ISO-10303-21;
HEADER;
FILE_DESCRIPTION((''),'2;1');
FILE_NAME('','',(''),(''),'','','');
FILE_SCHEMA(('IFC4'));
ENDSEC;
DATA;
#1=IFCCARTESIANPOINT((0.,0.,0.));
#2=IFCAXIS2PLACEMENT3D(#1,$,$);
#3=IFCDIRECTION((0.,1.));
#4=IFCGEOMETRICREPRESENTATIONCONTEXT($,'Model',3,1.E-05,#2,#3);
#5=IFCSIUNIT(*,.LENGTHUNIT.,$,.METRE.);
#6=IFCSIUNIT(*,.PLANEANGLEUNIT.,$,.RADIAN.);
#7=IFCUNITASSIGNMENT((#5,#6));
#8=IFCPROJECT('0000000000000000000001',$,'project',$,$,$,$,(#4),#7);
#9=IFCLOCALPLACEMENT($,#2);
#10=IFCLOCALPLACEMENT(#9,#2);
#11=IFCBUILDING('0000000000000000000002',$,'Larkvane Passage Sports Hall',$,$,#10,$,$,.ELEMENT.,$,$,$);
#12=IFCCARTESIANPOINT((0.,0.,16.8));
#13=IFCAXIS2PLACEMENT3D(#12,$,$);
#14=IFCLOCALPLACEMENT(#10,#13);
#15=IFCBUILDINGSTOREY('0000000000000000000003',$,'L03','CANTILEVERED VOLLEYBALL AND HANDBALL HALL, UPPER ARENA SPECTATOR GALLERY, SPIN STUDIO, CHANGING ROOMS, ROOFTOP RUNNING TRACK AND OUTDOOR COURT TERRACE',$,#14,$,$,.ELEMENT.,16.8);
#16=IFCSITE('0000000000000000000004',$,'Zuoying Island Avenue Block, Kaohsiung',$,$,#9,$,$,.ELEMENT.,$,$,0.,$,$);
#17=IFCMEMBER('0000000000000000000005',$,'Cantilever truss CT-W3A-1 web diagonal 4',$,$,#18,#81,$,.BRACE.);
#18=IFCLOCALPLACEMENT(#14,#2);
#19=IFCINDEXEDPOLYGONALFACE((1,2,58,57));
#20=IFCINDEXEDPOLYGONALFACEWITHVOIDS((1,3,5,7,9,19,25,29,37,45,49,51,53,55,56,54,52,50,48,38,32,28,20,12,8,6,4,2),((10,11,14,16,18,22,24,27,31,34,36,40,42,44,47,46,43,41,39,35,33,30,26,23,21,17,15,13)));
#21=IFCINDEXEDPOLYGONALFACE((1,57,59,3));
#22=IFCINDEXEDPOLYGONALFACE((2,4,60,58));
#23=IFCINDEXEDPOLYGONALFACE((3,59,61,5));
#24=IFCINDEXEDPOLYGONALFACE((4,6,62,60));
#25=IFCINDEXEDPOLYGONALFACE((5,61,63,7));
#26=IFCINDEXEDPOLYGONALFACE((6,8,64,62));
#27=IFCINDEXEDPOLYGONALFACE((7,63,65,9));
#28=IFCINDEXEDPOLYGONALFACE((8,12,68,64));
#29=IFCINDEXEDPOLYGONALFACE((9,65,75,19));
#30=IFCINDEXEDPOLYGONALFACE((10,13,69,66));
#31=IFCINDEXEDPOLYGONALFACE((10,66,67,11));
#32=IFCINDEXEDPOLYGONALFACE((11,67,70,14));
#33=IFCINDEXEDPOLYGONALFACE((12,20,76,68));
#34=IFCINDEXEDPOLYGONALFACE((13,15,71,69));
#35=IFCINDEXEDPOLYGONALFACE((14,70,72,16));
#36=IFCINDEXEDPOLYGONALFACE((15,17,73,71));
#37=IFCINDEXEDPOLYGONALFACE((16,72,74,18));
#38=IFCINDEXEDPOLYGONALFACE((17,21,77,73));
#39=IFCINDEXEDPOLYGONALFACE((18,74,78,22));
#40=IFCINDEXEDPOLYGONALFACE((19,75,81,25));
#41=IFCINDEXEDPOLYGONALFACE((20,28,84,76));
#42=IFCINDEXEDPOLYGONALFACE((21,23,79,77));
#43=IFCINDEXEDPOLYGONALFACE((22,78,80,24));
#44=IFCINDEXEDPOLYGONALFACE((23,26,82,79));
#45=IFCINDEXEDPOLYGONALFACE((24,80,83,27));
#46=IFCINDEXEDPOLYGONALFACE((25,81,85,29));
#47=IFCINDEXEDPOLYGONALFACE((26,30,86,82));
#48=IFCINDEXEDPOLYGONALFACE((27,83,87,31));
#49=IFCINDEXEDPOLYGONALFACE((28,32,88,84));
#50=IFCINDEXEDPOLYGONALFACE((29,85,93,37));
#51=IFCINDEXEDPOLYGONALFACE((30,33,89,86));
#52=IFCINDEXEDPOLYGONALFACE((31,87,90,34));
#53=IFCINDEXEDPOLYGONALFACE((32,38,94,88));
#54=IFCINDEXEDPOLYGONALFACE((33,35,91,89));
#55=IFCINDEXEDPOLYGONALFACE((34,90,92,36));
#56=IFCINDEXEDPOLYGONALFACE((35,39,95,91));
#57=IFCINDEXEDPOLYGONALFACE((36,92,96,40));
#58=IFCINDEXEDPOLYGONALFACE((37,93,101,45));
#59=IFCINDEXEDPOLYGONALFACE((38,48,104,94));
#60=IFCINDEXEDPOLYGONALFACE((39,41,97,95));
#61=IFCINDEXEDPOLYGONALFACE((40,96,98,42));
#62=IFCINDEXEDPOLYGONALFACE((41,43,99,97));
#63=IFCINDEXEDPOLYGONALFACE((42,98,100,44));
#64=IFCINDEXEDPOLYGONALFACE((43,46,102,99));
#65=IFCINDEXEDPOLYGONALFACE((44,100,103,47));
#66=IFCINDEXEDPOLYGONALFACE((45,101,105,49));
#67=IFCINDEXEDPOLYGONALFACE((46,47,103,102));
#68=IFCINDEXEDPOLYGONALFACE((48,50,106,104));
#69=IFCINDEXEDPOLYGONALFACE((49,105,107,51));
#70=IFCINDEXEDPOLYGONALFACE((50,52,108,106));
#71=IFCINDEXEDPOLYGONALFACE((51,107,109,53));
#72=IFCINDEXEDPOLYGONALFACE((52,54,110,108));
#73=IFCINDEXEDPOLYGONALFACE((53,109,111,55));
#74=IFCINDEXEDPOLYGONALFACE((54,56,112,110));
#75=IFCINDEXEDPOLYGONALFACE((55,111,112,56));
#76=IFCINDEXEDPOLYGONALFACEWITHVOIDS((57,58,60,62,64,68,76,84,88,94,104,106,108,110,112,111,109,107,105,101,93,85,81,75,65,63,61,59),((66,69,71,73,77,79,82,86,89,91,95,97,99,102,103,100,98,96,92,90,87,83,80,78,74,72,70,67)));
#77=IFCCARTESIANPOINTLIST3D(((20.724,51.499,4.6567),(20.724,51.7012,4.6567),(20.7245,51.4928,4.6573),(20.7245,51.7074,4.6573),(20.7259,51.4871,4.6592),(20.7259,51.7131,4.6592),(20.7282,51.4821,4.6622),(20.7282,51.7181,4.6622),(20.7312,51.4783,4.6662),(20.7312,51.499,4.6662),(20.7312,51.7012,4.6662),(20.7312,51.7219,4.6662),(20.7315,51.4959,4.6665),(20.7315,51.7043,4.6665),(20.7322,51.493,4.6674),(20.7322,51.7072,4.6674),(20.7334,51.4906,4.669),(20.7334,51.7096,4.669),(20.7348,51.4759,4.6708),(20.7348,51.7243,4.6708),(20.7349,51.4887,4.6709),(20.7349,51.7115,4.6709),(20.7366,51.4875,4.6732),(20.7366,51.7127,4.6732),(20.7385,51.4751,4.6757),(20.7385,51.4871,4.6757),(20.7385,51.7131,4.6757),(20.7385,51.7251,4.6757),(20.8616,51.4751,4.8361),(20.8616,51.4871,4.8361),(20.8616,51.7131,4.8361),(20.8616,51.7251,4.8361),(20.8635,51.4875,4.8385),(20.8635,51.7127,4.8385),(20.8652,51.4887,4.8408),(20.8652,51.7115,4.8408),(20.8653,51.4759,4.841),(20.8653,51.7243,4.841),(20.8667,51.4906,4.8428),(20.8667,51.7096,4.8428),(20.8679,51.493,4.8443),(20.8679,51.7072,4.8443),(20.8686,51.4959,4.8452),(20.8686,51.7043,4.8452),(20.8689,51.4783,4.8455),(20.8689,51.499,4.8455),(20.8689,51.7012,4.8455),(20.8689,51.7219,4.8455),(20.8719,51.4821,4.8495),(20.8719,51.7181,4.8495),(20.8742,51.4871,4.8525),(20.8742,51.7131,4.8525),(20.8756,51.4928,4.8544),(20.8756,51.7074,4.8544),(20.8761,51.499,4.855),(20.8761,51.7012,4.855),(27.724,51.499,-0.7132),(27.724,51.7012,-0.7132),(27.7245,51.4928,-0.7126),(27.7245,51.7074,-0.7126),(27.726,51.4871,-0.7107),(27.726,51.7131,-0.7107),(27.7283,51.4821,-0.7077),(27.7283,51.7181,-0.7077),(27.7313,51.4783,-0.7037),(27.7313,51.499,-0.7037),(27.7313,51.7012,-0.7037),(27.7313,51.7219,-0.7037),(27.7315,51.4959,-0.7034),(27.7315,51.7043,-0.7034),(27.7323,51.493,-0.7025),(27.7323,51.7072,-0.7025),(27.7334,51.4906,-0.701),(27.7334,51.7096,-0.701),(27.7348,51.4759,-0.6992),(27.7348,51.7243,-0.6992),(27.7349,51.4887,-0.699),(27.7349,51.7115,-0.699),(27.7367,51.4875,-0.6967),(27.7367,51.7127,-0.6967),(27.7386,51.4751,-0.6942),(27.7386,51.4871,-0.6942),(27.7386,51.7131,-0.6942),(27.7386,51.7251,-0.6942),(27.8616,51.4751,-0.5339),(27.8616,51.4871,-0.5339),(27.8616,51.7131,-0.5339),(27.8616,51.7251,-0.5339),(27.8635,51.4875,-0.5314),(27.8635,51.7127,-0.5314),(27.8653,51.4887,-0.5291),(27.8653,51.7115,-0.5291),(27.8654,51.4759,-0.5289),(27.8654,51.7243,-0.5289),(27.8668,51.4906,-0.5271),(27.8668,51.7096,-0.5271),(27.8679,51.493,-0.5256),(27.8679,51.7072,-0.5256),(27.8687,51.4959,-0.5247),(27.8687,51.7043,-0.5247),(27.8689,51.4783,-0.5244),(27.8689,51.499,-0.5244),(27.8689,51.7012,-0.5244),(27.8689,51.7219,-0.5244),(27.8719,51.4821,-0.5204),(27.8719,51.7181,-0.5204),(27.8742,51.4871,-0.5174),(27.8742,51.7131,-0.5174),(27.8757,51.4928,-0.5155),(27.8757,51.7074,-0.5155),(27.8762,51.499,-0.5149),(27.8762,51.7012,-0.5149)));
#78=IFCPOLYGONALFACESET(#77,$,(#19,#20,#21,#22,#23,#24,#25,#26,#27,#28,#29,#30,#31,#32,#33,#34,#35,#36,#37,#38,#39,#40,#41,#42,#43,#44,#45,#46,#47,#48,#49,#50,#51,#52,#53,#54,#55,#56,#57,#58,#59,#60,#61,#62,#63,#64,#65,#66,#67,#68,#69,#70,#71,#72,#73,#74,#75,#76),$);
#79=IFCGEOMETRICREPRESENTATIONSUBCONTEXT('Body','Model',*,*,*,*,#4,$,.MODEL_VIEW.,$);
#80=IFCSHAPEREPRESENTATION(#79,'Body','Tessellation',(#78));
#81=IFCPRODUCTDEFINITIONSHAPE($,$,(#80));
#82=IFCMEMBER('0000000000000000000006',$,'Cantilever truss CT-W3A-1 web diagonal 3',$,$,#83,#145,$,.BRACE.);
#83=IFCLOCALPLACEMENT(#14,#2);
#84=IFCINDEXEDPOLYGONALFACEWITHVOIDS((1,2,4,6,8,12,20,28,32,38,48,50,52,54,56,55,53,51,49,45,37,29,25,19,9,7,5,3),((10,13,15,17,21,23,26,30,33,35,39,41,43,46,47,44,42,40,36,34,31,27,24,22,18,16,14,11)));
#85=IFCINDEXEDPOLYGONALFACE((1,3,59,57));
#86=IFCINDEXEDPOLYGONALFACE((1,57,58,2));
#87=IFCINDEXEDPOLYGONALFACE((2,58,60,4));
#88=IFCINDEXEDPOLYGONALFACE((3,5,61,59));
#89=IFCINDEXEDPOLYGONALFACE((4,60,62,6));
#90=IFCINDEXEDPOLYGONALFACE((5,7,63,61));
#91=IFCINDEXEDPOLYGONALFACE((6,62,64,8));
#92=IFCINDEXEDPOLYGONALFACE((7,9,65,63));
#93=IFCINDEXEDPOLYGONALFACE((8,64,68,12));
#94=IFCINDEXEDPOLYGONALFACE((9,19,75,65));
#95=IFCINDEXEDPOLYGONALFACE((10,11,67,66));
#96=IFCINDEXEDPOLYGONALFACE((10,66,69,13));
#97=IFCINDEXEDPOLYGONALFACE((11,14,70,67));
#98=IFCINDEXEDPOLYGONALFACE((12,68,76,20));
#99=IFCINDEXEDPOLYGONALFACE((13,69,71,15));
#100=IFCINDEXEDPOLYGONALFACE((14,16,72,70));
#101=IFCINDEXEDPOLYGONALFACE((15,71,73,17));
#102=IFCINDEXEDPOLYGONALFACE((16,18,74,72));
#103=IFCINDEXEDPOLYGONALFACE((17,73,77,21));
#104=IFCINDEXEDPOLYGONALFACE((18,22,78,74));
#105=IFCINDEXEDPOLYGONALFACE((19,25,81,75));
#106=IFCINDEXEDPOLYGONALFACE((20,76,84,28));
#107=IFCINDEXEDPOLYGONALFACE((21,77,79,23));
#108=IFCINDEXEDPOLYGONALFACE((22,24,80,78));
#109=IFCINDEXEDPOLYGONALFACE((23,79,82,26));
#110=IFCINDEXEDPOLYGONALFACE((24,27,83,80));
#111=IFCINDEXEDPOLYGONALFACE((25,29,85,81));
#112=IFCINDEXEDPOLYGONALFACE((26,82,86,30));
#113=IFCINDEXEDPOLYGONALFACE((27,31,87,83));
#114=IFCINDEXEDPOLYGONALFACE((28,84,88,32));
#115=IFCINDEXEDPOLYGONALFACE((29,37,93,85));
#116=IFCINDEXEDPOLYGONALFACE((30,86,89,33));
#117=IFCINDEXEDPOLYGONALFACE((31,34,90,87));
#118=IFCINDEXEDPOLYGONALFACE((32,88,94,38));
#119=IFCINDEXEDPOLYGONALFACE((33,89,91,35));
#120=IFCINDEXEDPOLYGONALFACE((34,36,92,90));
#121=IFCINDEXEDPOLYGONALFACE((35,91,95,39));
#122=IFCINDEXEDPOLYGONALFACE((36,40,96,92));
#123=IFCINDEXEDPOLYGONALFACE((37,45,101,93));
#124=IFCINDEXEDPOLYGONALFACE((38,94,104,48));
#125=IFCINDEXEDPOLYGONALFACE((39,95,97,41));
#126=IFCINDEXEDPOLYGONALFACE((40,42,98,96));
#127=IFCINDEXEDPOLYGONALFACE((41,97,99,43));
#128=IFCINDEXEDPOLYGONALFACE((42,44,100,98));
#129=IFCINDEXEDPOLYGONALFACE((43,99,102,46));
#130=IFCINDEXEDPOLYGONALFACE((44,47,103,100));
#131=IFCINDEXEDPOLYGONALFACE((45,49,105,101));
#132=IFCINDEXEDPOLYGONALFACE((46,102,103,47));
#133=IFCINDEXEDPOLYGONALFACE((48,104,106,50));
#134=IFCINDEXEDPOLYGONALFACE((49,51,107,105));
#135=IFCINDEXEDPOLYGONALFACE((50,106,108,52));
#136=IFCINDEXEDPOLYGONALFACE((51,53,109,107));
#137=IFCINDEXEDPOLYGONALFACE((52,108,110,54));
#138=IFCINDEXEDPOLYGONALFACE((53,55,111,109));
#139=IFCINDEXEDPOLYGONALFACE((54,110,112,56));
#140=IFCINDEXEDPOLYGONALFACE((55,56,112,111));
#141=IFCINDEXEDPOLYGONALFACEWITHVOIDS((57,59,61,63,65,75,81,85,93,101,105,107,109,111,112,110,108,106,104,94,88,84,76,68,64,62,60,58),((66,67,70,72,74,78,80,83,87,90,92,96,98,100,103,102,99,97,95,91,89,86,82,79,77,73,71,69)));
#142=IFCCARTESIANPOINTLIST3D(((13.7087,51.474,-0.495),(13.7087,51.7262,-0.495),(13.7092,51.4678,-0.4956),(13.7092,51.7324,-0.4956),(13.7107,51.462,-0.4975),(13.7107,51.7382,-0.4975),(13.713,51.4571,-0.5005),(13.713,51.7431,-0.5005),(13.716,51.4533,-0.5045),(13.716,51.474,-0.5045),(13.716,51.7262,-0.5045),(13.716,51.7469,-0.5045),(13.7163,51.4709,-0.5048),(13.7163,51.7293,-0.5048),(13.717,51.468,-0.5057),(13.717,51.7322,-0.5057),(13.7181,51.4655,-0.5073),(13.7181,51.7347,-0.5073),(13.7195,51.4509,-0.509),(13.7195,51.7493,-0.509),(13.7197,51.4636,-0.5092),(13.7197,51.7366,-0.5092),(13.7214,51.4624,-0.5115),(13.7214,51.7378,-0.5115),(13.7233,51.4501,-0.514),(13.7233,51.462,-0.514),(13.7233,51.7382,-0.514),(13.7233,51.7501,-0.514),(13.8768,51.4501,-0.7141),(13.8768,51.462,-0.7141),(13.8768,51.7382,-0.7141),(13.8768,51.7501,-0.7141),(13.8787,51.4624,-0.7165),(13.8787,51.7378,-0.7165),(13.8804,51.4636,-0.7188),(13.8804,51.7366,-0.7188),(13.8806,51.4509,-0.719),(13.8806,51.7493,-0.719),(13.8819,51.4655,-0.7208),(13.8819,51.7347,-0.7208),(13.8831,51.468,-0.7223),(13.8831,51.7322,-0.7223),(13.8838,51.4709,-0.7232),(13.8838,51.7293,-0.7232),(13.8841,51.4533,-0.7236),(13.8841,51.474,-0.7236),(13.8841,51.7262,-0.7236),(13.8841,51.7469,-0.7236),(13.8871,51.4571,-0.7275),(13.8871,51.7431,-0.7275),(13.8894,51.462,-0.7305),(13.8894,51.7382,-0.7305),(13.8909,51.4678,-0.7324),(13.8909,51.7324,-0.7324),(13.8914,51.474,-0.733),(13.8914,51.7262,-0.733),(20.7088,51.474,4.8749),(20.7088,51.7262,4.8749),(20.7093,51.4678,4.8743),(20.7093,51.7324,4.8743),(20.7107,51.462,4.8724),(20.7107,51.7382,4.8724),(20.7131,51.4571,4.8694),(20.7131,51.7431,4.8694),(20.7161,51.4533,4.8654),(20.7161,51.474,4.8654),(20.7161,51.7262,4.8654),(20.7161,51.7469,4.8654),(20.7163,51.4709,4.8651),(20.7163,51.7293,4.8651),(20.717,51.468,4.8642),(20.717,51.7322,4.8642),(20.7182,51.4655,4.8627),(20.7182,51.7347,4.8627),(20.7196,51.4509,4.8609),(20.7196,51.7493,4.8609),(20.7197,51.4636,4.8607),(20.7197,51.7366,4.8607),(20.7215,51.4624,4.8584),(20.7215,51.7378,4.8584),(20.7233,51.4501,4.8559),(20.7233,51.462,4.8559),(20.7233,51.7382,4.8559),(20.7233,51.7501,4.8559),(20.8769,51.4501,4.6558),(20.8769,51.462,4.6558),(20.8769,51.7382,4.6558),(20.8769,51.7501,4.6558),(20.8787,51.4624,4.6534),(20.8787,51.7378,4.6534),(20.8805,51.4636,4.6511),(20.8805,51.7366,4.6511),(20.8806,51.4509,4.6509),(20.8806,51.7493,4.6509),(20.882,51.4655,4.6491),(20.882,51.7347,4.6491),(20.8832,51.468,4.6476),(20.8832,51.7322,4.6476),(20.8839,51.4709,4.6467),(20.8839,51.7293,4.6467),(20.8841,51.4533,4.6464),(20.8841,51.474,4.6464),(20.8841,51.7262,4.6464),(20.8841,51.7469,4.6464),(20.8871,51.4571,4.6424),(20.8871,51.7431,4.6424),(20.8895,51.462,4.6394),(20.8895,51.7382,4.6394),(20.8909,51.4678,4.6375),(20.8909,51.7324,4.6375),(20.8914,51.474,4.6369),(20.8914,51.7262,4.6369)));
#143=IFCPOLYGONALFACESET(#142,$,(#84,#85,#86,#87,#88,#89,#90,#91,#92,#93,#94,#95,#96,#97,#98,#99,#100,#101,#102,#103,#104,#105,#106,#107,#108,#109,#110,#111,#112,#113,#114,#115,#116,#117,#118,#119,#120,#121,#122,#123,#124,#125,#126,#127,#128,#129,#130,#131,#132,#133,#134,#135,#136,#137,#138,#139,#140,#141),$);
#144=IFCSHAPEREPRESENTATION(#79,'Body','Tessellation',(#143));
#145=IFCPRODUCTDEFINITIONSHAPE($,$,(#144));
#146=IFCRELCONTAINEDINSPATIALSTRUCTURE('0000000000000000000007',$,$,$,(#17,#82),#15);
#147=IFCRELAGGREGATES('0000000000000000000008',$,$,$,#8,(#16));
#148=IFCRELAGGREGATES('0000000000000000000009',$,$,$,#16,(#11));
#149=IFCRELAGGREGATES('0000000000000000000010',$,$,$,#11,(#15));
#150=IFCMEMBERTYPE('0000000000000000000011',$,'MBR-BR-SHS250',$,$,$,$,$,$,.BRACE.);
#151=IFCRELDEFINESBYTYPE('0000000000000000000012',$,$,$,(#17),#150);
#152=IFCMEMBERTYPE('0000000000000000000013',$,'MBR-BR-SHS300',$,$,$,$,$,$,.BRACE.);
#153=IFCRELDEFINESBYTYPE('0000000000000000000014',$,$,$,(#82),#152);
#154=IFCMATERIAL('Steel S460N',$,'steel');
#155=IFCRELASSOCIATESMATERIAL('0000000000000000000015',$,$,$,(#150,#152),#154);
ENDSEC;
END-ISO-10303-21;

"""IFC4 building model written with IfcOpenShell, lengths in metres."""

from ifc_helpers import new_model, si_unit, direction, frame, origin, origin_2d, place, context, subcontext, project, spatial, hollow_rectangle, extrude, material, material_profile, profile_set, type_object, element, save


model = new_model("IFC4")

# Units and contexts
model_context = context("Model", 3, precision=1e-05, world=origin(), true_north=direction((0.0, 1.0)))
body_context = subcontext(model_context, "Body", "Model", "MODEL_VIEW")
ifc_project = project(units=[si_unit("LENGTHUNIT", "METRE"), si_unit("PLANEANGLEUNIT", "RADIAN")], contexts=[model_context])

# Site, building, storey
site_placement = place(None, origin())
site = spatial("IfcSite", under=ifc_project, at=site_placement, Name="Zuoying Island Avenue Block, Kaohsiung", CompositionType="ELEMENT", RefElevation=0.0)
building_placement = place(site_placement, origin())
building = spatial("IfcBuilding", under=site, at=building_placement, Name="Larkvane Passage Sports Hall", CompositionType="ELEMENT")
storey_placement = place(building_placement, frame((0.0, 0.0, 16.8)))
storey = spatial("IfcBuildingStorey", under=building, at=storey_placement, Name="L03", Description="CANTILEVERED VOLLEYBALL AND HANDBALL HALL, UPPER ARENA SPECTATOR GALLERY, SPIN STUDIO, CHANGING ROOMS, ROOFTOP RUNNING TRACK AND OUTDOOR COURT TERRACE", CompositionType="ELEMENT", Elevation=16.8)

# Shared definitions
ifc_material_1 = material(Name="Steel S460N", Category="steel")

# Members
ifc_material_profile_1 = material_profile(ifc_material_1, hollow_rectangle(XDim=0.25, YDim=0.25, WallThickness=0.012, InnerFilletRadius=0.012, OuterFilletRadius=0.0239, at=origin_2d()), Name="SHS-250x250x12")
ifc_profile_set_1 = profile_set([ifc_material_profile_1], Name="Steel S460N")
member_type_1 = type_object("IfcMemberType", Name="MBR-BR-SHS250", PredefinedType="BRACE", material=ifc_profile_set_1)
member_1_placement = place(storey_placement, frame((20.8, 51.6001, 4.7559), z_axis=(0.793431, 0.0, -0.60866), x_axis=(0.0, 1.0, 0.0)))
element("IfcMember", 1, at=member_1_placement, inside=storey, type_object=member_type_1, Name="Cantilever truss CT-W3A-1 web diagonal 4", PredefinedType="BRACE", context=body_context, shape_type="SweptSolid", body=[
    extrude(hollow_rectangle(XDim=0.25, YDim=0.25, WallThickness=0.012, InnerFilletRadius=0.012, OuterFilletRadius=0.0239, at=origin_2d()), origin(), (0.0, 0.0, 1.0), 8.8225),
])
ifc_material_profile_2 = material_profile(ifc_material_1, hollow_rectangle(XDim=0.3, YDim=0.3, WallThickness=0.012, InnerFilletRadius=0.012, OuterFilletRadius=0.0239, at=origin_2d()), Name="SHS-300x300x12")
ifc_profile_set_2 = profile_set([ifc_material_profile_2], Name="Steel S460N")
member_type_2 = type_object("IfcMemberType", Name="MBR-BR-SHS300", PredefinedType="BRACE", material=ifc_profile_set_2)
member_2_placement = place(storey_placement, frame((13.8, 51.6001, -0.614), z_axis=(0.793431, 0.0, 0.60866), x_axis=(0.0, 1.0, 0.0)))
element("IfcMember", 2, at=member_2_placement, inside=storey, type_object=member_type_2, Name="Cantilever truss CT-W3A-1 web diagonal 3", PredefinedType="BRACE", context=body_context, shape_type="SweptSolid", body=[
    extrude(hollow_rectangle(XDim=0.3, YDim=0.3, WallThickness=0.012, InnerFilletRadius=0.012, OuterFilletRadius=0.0239, at=origin_2d()), origin(), (0.0, 0.0, 1.0), 8.8225),
])

save(model, "model.ifc")
